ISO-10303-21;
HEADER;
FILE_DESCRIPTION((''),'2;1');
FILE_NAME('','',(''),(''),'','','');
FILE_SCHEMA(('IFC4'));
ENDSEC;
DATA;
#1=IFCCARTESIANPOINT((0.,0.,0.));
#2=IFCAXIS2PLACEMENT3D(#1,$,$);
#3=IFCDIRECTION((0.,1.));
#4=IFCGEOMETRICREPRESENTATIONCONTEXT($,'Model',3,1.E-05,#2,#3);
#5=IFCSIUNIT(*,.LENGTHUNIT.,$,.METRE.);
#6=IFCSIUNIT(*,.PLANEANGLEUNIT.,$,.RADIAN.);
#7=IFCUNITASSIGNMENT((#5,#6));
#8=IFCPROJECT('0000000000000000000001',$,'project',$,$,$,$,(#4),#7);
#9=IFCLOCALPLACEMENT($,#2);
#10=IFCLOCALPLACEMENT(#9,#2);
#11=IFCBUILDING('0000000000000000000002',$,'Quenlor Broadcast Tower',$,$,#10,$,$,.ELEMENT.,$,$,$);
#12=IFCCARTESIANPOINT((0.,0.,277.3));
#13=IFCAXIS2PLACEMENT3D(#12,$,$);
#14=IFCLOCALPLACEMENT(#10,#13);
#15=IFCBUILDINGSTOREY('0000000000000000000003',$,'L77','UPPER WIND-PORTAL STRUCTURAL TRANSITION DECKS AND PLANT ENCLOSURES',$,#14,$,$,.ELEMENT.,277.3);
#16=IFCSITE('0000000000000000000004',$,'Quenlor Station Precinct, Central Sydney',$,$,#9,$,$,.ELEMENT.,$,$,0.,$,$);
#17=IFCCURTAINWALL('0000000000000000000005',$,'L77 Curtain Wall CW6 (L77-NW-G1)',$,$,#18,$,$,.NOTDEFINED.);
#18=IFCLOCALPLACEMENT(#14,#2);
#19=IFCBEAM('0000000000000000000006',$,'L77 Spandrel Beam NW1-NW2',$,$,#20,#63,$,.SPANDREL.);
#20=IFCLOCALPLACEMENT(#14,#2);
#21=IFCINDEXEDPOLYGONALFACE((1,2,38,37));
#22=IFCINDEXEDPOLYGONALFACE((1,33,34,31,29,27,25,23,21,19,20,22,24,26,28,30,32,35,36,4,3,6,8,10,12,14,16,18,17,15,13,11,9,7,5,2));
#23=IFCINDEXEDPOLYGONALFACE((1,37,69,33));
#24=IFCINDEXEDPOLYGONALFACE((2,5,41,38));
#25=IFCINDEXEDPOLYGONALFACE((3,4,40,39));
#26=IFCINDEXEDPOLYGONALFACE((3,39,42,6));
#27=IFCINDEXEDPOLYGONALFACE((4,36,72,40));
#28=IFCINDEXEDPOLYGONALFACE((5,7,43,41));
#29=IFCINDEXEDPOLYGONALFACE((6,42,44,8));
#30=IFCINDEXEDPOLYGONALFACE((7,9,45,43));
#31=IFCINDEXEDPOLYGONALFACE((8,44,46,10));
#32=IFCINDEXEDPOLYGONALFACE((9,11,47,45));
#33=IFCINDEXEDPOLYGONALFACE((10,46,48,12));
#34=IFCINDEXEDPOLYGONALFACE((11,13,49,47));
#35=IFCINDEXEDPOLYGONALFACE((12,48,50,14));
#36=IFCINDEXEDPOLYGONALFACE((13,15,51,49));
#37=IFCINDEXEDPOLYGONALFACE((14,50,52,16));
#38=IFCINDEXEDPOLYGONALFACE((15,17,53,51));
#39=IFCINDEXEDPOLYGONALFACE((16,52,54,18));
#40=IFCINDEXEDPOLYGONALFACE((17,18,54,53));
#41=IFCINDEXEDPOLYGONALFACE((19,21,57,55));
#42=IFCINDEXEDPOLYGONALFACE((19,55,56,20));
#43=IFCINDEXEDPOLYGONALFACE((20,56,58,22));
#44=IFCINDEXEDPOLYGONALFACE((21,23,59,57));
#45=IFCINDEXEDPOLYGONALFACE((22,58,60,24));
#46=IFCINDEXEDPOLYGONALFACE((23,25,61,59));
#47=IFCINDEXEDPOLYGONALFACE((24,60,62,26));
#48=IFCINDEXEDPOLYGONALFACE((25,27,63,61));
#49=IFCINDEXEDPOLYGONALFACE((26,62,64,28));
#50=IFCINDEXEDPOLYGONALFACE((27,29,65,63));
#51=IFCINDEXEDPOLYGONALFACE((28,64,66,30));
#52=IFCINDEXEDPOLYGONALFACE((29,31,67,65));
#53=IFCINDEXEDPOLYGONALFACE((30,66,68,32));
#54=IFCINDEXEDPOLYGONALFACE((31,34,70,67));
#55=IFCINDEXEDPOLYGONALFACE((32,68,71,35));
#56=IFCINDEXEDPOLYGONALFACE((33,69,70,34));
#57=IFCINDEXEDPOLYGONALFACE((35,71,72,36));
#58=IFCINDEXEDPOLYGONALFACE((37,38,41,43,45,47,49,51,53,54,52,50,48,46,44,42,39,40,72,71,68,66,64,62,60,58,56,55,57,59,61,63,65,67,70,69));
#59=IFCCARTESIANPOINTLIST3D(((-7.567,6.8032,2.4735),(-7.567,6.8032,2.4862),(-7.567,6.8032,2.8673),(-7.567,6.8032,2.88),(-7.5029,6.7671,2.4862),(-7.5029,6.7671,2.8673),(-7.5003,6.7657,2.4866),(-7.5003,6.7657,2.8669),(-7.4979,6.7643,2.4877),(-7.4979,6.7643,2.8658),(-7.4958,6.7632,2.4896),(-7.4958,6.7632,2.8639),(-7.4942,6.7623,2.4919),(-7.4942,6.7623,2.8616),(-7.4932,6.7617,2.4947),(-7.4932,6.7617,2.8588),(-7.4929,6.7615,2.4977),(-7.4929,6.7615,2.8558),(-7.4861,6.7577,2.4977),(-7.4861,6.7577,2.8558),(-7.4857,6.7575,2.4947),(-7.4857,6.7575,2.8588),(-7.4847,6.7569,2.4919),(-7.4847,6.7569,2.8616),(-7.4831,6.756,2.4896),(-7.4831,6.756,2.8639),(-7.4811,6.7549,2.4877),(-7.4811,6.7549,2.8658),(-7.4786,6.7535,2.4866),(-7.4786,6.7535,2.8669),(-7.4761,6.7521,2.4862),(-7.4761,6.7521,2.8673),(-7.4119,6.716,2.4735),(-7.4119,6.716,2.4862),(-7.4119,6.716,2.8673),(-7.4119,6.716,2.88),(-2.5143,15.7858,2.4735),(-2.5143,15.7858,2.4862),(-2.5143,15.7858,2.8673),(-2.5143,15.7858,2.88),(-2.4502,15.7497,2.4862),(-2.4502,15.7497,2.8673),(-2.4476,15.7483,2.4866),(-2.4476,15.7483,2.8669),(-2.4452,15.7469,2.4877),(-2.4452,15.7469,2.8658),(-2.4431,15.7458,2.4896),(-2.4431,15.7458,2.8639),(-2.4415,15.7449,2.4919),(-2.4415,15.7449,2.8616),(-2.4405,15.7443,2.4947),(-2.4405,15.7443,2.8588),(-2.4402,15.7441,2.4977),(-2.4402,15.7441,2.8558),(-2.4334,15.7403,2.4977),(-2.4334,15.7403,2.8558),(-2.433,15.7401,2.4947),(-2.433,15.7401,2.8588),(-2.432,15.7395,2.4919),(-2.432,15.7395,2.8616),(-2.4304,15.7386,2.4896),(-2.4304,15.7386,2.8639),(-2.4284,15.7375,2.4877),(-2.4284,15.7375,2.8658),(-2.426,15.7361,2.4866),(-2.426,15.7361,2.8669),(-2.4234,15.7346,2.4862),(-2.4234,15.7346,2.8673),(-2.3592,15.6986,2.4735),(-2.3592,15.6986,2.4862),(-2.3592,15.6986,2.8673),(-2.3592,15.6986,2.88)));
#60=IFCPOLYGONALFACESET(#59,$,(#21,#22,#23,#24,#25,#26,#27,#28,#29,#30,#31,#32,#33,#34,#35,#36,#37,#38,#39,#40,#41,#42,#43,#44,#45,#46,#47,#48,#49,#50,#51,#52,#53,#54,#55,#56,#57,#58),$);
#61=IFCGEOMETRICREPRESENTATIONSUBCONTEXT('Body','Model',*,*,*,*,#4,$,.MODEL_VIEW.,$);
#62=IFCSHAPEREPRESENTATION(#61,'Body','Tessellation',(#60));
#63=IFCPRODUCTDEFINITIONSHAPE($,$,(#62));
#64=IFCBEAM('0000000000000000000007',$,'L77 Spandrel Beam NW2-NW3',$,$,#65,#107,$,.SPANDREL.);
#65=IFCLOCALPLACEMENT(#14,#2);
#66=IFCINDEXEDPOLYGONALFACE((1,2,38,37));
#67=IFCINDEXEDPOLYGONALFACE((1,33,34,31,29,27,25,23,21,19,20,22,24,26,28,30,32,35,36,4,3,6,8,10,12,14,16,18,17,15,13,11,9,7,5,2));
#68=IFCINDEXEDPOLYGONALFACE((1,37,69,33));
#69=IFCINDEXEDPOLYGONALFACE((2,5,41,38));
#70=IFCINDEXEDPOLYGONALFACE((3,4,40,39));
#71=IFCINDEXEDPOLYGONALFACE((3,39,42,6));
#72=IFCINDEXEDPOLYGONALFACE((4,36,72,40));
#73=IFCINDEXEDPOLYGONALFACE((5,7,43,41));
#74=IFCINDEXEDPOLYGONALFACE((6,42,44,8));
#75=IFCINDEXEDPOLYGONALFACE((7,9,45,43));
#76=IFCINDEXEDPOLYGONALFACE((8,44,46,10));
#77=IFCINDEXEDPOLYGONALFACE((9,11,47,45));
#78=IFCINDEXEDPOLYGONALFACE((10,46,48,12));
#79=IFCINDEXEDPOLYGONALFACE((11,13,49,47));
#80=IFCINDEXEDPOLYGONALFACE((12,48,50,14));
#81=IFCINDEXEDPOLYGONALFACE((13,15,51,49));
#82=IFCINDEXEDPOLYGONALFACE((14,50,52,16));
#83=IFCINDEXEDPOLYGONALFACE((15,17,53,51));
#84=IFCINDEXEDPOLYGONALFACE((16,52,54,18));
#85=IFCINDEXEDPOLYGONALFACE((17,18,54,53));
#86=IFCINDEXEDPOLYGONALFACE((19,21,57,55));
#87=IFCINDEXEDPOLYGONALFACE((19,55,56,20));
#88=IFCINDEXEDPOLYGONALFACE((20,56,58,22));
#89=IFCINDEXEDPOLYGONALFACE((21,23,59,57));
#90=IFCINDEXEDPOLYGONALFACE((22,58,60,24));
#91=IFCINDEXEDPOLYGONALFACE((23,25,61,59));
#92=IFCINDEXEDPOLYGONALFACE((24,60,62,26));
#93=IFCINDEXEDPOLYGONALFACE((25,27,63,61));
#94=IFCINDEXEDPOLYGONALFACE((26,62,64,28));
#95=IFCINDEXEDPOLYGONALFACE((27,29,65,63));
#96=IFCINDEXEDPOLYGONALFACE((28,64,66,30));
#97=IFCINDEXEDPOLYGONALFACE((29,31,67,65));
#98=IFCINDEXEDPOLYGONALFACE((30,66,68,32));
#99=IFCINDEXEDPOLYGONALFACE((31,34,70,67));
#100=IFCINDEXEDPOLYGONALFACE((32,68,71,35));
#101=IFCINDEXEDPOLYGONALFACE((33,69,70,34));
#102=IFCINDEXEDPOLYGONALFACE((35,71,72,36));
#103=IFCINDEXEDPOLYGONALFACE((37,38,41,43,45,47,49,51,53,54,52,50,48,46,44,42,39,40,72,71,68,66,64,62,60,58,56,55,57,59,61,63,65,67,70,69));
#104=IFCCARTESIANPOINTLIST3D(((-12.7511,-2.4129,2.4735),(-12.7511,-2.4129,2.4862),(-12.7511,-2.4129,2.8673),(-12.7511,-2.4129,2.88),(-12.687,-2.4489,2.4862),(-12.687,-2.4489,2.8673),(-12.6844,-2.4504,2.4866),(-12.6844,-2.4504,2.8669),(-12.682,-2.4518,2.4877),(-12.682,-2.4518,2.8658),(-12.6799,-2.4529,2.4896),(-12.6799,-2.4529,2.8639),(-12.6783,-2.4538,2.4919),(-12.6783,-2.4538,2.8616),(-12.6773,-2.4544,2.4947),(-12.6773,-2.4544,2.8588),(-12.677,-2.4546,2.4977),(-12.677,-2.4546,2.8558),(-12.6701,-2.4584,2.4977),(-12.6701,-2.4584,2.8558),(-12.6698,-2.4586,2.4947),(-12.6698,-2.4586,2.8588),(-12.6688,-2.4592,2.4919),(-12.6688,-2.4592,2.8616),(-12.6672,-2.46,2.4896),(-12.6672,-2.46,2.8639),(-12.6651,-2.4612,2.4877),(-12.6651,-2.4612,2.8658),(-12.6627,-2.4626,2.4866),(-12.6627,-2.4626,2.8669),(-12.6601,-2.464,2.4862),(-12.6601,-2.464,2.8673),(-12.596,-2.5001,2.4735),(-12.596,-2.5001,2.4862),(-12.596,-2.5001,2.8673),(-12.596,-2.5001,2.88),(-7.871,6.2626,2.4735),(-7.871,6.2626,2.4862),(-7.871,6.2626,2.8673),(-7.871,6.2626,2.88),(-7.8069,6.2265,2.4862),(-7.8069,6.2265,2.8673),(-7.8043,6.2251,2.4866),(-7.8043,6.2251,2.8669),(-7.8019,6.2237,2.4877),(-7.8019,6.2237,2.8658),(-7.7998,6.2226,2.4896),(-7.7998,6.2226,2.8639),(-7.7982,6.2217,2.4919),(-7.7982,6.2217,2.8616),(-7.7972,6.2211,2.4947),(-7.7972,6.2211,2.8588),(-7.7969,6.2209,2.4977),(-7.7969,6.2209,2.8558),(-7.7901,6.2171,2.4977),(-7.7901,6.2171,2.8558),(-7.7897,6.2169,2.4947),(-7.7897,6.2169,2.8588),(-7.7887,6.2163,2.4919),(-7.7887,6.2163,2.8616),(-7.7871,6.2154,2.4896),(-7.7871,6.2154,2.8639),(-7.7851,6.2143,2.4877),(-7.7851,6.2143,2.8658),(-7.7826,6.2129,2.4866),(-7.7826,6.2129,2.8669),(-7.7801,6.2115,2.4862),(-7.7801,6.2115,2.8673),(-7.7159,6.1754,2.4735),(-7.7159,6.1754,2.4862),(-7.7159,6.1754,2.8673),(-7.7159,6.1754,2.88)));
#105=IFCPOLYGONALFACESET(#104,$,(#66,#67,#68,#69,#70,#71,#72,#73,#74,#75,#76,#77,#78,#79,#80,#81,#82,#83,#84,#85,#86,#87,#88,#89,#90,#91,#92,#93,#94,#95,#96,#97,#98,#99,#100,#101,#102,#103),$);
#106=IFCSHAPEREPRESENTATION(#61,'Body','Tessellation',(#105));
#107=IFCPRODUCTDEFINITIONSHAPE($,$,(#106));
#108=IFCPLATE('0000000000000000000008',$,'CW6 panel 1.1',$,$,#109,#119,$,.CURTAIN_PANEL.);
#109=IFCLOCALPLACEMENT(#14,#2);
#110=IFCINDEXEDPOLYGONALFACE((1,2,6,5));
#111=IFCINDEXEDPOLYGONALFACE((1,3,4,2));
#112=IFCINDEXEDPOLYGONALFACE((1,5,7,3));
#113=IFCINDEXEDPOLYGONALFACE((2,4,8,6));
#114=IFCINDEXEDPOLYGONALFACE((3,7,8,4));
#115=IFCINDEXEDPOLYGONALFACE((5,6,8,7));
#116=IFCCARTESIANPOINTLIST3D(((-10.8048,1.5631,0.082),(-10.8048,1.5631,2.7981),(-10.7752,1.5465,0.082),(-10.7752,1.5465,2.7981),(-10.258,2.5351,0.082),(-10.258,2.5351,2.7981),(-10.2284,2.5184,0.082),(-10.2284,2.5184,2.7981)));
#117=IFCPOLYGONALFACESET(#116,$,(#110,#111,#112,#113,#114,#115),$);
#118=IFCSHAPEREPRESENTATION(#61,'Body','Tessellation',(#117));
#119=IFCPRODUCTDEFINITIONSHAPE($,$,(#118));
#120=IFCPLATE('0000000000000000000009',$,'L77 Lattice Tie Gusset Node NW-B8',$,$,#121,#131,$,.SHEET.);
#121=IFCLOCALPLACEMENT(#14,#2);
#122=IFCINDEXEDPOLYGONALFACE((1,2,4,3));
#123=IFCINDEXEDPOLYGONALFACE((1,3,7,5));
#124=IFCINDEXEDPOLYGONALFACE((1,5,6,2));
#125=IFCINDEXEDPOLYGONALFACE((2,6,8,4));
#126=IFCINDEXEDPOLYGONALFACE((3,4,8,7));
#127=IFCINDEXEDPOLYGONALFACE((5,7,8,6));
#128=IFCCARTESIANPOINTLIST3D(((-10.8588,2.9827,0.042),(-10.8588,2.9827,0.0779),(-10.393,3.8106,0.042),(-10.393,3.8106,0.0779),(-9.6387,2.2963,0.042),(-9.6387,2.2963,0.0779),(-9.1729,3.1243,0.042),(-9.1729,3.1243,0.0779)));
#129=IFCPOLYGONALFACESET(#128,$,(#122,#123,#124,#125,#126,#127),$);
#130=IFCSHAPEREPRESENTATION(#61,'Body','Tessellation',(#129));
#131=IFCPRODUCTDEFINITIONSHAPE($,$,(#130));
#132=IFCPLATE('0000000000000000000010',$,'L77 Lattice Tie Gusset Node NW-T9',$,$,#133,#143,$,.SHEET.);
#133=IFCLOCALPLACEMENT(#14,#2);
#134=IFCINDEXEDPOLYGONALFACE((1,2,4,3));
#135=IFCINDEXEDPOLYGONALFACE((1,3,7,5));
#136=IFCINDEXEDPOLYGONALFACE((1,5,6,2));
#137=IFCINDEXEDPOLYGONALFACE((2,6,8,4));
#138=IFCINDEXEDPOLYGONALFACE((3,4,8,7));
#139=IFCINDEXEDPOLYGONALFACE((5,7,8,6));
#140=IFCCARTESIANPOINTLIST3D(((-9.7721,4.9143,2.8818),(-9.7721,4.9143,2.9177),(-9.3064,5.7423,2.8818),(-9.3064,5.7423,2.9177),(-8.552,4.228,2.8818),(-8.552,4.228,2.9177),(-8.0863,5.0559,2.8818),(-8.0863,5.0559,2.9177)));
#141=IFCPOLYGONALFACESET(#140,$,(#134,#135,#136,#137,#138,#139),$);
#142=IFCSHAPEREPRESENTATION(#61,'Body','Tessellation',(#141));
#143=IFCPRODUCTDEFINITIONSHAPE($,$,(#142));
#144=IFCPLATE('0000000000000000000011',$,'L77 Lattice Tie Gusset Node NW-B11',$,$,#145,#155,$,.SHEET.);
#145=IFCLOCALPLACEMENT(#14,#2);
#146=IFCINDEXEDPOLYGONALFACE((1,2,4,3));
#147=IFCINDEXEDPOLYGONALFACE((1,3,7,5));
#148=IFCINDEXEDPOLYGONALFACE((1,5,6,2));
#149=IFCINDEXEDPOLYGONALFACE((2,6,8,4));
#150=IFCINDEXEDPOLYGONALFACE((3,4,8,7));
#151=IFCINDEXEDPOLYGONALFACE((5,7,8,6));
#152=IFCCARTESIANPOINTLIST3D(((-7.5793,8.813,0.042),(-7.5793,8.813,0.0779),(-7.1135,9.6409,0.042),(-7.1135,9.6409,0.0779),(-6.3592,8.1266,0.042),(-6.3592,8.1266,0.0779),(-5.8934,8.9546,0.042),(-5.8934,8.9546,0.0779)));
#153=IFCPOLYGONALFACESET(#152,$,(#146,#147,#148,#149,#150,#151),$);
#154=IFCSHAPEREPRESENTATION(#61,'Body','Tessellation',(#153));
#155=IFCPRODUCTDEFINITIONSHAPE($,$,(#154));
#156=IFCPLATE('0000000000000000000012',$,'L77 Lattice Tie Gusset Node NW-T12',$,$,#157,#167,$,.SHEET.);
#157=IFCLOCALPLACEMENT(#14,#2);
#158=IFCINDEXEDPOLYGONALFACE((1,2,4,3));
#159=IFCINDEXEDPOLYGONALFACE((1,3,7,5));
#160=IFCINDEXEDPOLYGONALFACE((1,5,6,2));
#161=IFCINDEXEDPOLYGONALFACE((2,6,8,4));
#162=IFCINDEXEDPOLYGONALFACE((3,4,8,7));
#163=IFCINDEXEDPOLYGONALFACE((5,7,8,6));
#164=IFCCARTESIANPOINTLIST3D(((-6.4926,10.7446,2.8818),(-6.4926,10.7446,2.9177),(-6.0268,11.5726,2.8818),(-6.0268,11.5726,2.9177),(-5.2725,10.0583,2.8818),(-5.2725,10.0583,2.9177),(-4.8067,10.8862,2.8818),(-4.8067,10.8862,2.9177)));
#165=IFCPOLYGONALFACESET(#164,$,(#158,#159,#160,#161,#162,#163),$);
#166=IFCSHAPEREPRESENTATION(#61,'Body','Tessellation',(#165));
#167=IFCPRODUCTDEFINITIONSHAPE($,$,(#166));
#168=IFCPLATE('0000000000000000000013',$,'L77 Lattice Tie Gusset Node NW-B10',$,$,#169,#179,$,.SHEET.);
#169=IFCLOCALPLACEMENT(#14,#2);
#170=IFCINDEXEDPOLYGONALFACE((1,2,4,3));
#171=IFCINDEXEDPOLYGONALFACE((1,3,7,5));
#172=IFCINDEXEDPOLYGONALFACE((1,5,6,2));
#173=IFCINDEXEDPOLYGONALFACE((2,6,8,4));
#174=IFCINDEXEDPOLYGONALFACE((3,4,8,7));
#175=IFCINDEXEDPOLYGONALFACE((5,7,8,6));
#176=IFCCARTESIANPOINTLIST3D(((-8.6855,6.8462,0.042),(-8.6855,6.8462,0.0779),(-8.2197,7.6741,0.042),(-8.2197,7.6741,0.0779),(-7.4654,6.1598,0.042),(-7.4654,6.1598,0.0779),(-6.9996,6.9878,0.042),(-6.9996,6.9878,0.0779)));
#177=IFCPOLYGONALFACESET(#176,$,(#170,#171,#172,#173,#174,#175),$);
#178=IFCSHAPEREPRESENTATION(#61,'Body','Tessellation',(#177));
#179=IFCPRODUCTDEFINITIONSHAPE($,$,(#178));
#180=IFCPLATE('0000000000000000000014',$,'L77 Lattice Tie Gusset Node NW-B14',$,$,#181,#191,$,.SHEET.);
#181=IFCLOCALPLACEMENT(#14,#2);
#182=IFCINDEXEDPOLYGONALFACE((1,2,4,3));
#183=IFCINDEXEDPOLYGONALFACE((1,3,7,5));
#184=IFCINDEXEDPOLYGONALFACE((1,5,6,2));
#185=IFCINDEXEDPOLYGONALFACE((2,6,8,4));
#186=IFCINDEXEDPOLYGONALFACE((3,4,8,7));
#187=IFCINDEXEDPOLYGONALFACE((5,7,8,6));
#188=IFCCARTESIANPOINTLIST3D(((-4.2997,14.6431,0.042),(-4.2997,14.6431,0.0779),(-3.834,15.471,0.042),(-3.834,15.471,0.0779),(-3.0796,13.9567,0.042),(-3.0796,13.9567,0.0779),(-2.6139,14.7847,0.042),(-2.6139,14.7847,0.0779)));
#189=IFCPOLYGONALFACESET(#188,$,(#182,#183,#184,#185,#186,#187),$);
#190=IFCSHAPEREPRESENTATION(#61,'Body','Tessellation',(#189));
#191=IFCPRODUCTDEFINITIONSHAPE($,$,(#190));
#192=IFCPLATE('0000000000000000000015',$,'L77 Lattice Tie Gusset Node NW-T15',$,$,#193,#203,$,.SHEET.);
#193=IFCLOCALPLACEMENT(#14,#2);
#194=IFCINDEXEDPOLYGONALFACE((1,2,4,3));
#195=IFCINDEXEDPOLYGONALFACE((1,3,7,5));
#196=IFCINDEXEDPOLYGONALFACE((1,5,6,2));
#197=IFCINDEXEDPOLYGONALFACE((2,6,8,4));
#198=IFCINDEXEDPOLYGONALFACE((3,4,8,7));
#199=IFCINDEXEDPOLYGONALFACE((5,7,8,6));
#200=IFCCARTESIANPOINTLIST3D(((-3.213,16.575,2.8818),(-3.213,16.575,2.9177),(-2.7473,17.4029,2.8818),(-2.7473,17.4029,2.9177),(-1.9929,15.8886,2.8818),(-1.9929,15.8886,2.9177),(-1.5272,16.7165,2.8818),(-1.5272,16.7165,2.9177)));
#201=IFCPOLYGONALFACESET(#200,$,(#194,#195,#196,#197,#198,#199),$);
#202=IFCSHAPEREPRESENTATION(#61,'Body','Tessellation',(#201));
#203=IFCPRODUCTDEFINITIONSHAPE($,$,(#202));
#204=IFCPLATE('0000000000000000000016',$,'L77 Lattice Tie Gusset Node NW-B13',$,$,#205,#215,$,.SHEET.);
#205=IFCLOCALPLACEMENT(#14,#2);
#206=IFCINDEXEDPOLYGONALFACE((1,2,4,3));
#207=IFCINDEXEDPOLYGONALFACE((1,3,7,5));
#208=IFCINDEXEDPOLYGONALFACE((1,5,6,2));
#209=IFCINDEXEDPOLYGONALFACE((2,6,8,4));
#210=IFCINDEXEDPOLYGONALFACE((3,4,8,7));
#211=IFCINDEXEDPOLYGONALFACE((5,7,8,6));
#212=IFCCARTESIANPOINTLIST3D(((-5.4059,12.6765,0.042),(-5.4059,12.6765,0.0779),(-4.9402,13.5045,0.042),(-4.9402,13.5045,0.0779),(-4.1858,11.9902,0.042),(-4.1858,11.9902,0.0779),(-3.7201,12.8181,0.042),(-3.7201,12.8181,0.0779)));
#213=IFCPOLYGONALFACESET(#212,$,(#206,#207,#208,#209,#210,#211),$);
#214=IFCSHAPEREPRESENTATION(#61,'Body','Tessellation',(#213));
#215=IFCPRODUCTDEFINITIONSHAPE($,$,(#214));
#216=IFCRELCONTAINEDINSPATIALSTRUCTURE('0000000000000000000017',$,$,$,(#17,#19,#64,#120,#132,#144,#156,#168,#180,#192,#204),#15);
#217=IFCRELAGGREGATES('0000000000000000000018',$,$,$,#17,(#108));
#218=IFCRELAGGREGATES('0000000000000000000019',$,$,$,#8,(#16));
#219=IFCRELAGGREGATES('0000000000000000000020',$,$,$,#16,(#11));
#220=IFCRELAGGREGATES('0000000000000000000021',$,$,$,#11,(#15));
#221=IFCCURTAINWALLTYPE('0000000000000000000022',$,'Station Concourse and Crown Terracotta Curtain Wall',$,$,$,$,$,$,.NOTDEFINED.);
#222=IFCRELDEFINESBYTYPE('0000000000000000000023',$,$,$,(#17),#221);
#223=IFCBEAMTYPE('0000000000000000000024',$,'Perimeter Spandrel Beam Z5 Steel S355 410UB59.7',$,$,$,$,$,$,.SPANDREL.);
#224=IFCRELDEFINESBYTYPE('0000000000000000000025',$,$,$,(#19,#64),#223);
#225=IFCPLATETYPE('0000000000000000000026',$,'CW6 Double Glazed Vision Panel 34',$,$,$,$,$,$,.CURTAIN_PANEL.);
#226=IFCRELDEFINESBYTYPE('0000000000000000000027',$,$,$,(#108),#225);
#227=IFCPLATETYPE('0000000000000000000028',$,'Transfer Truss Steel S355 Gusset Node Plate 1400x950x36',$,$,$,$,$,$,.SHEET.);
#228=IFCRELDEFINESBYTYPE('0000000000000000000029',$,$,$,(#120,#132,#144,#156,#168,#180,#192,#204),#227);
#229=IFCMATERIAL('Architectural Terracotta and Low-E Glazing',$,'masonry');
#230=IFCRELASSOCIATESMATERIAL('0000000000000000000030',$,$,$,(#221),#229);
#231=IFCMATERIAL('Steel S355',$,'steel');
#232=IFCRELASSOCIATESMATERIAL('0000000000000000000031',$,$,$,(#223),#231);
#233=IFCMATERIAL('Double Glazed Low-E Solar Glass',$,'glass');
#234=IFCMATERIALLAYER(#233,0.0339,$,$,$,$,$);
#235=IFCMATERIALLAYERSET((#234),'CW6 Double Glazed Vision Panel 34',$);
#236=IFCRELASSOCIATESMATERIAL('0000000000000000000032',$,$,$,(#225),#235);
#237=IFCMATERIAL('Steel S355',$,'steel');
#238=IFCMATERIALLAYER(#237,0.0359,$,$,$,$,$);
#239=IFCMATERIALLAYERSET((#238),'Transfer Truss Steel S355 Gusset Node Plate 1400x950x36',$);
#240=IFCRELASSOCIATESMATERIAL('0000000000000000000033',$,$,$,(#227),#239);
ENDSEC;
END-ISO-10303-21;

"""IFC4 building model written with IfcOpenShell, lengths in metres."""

from ifc_helpers import new_model, si_unit, direction, frame, origin, origin_2d, place, context, subcontext, project, spatial, rectangle, i_section, extrude, material, layer, layer_set, material_profile, profile_set, type_object, element, aggregate, save


model = new_model("IFC4")

# Units and contexts
model_context = context("Model", 3, precision=1e-05, world=origin(), true_north=direction((0.0, 1.0)))
body_context = subcontext(model_context, "Body", "Model", "MODEL_VIEW")
ifc_project = project(units=[si_unit("LENGTHUNIT", "METRE"), si_unit("PLANEANGLEUNIT", "RADIAN")], contexts=[model_context])

# Site, building, storey
site_placement = place(None, origin())
site = spatial("IfcSite", under=ifc_project, at=site_placement, Name="Quenlor Station Precinct, Central Sydney", CompositionType="ELEMENT", RefElevation=0.0)
building_placement = place(site_placement, origin())
building = spatial("IfcBuilding", under=site, at=building_placement, Name="Quenlor Broadcast Tower", CompositionType="ELEMENT")
storey_placement = place(building_placement, frame((0.0, 0.0, 277.3)))
storey = spatial("IfcBuildingStorey", under=building, at=storey_placement, Name="L77", Description="UPPER WIND-PORTAL STRUCTURAL TRANSITION DECKS AND PLANT ENCLOSURES", CompositionType="ELEMENT", Elevation=277.3)

# Curtain wall
ifc_material_1 = material(Name="Architectural Terracotta and Low-E Glazing", Category="masonry")
curtain_wall_type = type_object("IfcCurtainWallType", Name="Station Concourse and Crown Terracotta Curtain Wall", PredefinedType="NOTDEFINED", material=ifc_material_1)
curtain_wall_placement = place(storey_placement, origin())
curtain_wall = element("IfcCurtainWall", 1, at=curtain_wall_placement, inside=storey, type_object=curtain_wall_type, Name="L77 Curtain Wall CW6 (L77-NW-G1)", PredefinedType="NOTDEFINED")

# Beams
ifc_material_2 = material(Name="Steel S355", Category="steel")
ifc_material_profile_1 = material_profile(ifc_material_2, i_section(OverallWidth=0.178, OverallDepth=0.4065, WebThickness=0.0078, FlangeThickness=0.0127, FilletRadius=0.0115, at=origin_2d()))
ifc_profile_set_1 = profile_set([ifc_material_profile_1], Name="Steel S355 410UB59.7")
beam_type_1 = type_object("IfcBeamType", Name="Perimeter Spandrel Beam Z5 Steel S355 410UB59.7", PredefinedType="SPANDREL", material=ifc_profile_set_1)
beam_1_placement = place(storey_placement, frame((-2.4368, 15.7422, 2.6768), z_axis=(-0.49026, -0.871576, 0.0), x_axis=(0.871576, -0.49026, 0.0)))
element("IfcBeam", 2, at=beam_1_placement, inside=storey, type_object=beam_type_1, Name="L77 Spandrel Beam NW1-NW2", PredefinedType="SPANDREL", context=body_context, shape_type="SweptSolid", body=[
    extrude(i_section(OverallWidth=0.178, OverallDepth=0.4065, WebThickness=0.0078, FlangeThickness=0.0127, FilletRadius=0.0115, at=origin_2d()), origin(), (0.0, 0.0, 1.0), 10.3062),
])
beam_2_placement = place(storey_placement, frame((-7.7935, 6.219, 2.6768), z_axis=(-0.490272, -0.87157, 0.0), x_axis=(0.87157, -0.490272, 0.0)))
element("IfcBeam", 3, at=beam_2_placement, inside=storey, type_object=beam_type_1, Name="L77 Spandrel Beam NW2-NW3", PredefinedType="SPANDREL", context=body_context, shape_type="SweptSolid", body=[
    extrude(i_section(OverallWidth=0.178, OverallDepth=0.4065, WebThickness=0.0078, FlangeThickness=0.0127, FilletRadius=0.0115, at=origin_2d()), origin(), (0.0, 0.0, 1.0), 9.9539),
])

# Plate
ifc_material_3 = material(Name="Double Glazed Low-E Solar Glass", Category="glass")
ifc_layer_1 = layer(ifc_material_3, 0.0339)
ifc_layer_set_1 = layer_set([ifc_layer_1], Name="CW6 Double Glazed Vision Panel 34")
plate_type_1 = type_object("IfcPlateType", Name="CW6 Double Glazed Vision Panel 34", PredefinedType="CURTAIN_PANEL", material=ifc_layer_set_1)
plate_placement = place(storey_placement, frame((-10.5166, 2.0408, 0.082), z_axis=(0.0, 0.0, 1.0), x_axis=(0.490302, 0.871553, 0.0)))
plate = element("IfcPlate", 4, at=plate_placement, type_object=plate_type_1, Name="CW6 panel 1.1", PredefinedType="CURTAIN_PANEL", context=body_context, shape_type="SweptSolid", body=[
    extrude(rectangle(XDim=1.1152, YDim=0.0339, at=origin_2d()), origin(), (0.0, 0.0, 1.0), 2.7161),
])
aggregate(curtain_wall, [plate])

# Plates
ifc_material_4 = material(Name="Steel S355", Category="steel")
ifc_layer_2 = layer(ifc_material_4, 0.0359)
ifc_layer_set_2 = layer_set([ifc_layer_2], Name="Transfer Truss Steel S355 Gusset Node Plate 1400x950x36")
plate_type_2 = type_object("IfcPlateType", Name="Transfer Truss Steel S355 Gusset Node Plate 1400x950x36", PredefinedType="SHEET", material=ifc_layer_set_2)
for number, where, z_axis, x_axis, name in (
    (5, (-10.0159, 3.0535, 0.042), (0.0, 0.0, 1.0), (-0.871556, 0.490295, 0.0), "L77 Lattice Tie Gusset Node NW-B8"),
    (6, (-8.9292, 4.9851, 2.8818), (0.0, 0.0, 1.0), (-0.871556, 0.490295, 0.0), "L77 Lattice Tie Gusset Node NW-T9"),
    (7, (-6.7363, 8.8838, 0.042), (0.0, 0.0, 1.0), (-0.871556, 0.490295, 0.0), "L77 Lattice Tie Gusset Node NW-B11"),
    (8, (-5.6497, 10.8154, 2.8818), (0.0, 0.0, 1.0), (-0.871556, 0.490295, 0.0), "L77 Lattice Tie Gusset Node NW-T12"),
    (9, (-7.8425, 6.917, 0.042), (0.0, 0.0, 1.0), (-0.871556, 0.490295, 0.0), "L77 Lattice Tie Gusset Node NW-B10"),
    (10, (-3.4568, 14.7139, 0.042), (0.0, 0.0, 1.0), (-0.871556, 0.490295, 0.0), "L77 Lattice Tie Gusset Node NW-B14"),
    (11, (-2.3701, 16.6458, 2.8818), (0.0, 0.0, 1.0), (-0.871556, 0.490295, 0.0), "L77 Lattice Tie Gusset Node NW-T15"),
    (12, (-4.563, 12.7473, 0.042), (0.0, 0.0, 1.0), (-0.871556, 0.490295, 0.0), "L77 Lattice Tie Gusset Node NW-B13"),
):
    element("IfcPlate", number, at=place(storey_placement, frame(where, z_axis=z_axis, x_axis=x_axis)), inside=storey, type_object=plate_type_2, Name=name, PredefinedType="SHEET", context=body_context, shape_type="SweptSolid", body=[
        extrude(rectangle(XDim=1.3999, YDim=0.95, at=origin_2d()), origin(), (0.0, 0.0, 1.0), 0.0359),
    ])

save(model, "model.ifc")
